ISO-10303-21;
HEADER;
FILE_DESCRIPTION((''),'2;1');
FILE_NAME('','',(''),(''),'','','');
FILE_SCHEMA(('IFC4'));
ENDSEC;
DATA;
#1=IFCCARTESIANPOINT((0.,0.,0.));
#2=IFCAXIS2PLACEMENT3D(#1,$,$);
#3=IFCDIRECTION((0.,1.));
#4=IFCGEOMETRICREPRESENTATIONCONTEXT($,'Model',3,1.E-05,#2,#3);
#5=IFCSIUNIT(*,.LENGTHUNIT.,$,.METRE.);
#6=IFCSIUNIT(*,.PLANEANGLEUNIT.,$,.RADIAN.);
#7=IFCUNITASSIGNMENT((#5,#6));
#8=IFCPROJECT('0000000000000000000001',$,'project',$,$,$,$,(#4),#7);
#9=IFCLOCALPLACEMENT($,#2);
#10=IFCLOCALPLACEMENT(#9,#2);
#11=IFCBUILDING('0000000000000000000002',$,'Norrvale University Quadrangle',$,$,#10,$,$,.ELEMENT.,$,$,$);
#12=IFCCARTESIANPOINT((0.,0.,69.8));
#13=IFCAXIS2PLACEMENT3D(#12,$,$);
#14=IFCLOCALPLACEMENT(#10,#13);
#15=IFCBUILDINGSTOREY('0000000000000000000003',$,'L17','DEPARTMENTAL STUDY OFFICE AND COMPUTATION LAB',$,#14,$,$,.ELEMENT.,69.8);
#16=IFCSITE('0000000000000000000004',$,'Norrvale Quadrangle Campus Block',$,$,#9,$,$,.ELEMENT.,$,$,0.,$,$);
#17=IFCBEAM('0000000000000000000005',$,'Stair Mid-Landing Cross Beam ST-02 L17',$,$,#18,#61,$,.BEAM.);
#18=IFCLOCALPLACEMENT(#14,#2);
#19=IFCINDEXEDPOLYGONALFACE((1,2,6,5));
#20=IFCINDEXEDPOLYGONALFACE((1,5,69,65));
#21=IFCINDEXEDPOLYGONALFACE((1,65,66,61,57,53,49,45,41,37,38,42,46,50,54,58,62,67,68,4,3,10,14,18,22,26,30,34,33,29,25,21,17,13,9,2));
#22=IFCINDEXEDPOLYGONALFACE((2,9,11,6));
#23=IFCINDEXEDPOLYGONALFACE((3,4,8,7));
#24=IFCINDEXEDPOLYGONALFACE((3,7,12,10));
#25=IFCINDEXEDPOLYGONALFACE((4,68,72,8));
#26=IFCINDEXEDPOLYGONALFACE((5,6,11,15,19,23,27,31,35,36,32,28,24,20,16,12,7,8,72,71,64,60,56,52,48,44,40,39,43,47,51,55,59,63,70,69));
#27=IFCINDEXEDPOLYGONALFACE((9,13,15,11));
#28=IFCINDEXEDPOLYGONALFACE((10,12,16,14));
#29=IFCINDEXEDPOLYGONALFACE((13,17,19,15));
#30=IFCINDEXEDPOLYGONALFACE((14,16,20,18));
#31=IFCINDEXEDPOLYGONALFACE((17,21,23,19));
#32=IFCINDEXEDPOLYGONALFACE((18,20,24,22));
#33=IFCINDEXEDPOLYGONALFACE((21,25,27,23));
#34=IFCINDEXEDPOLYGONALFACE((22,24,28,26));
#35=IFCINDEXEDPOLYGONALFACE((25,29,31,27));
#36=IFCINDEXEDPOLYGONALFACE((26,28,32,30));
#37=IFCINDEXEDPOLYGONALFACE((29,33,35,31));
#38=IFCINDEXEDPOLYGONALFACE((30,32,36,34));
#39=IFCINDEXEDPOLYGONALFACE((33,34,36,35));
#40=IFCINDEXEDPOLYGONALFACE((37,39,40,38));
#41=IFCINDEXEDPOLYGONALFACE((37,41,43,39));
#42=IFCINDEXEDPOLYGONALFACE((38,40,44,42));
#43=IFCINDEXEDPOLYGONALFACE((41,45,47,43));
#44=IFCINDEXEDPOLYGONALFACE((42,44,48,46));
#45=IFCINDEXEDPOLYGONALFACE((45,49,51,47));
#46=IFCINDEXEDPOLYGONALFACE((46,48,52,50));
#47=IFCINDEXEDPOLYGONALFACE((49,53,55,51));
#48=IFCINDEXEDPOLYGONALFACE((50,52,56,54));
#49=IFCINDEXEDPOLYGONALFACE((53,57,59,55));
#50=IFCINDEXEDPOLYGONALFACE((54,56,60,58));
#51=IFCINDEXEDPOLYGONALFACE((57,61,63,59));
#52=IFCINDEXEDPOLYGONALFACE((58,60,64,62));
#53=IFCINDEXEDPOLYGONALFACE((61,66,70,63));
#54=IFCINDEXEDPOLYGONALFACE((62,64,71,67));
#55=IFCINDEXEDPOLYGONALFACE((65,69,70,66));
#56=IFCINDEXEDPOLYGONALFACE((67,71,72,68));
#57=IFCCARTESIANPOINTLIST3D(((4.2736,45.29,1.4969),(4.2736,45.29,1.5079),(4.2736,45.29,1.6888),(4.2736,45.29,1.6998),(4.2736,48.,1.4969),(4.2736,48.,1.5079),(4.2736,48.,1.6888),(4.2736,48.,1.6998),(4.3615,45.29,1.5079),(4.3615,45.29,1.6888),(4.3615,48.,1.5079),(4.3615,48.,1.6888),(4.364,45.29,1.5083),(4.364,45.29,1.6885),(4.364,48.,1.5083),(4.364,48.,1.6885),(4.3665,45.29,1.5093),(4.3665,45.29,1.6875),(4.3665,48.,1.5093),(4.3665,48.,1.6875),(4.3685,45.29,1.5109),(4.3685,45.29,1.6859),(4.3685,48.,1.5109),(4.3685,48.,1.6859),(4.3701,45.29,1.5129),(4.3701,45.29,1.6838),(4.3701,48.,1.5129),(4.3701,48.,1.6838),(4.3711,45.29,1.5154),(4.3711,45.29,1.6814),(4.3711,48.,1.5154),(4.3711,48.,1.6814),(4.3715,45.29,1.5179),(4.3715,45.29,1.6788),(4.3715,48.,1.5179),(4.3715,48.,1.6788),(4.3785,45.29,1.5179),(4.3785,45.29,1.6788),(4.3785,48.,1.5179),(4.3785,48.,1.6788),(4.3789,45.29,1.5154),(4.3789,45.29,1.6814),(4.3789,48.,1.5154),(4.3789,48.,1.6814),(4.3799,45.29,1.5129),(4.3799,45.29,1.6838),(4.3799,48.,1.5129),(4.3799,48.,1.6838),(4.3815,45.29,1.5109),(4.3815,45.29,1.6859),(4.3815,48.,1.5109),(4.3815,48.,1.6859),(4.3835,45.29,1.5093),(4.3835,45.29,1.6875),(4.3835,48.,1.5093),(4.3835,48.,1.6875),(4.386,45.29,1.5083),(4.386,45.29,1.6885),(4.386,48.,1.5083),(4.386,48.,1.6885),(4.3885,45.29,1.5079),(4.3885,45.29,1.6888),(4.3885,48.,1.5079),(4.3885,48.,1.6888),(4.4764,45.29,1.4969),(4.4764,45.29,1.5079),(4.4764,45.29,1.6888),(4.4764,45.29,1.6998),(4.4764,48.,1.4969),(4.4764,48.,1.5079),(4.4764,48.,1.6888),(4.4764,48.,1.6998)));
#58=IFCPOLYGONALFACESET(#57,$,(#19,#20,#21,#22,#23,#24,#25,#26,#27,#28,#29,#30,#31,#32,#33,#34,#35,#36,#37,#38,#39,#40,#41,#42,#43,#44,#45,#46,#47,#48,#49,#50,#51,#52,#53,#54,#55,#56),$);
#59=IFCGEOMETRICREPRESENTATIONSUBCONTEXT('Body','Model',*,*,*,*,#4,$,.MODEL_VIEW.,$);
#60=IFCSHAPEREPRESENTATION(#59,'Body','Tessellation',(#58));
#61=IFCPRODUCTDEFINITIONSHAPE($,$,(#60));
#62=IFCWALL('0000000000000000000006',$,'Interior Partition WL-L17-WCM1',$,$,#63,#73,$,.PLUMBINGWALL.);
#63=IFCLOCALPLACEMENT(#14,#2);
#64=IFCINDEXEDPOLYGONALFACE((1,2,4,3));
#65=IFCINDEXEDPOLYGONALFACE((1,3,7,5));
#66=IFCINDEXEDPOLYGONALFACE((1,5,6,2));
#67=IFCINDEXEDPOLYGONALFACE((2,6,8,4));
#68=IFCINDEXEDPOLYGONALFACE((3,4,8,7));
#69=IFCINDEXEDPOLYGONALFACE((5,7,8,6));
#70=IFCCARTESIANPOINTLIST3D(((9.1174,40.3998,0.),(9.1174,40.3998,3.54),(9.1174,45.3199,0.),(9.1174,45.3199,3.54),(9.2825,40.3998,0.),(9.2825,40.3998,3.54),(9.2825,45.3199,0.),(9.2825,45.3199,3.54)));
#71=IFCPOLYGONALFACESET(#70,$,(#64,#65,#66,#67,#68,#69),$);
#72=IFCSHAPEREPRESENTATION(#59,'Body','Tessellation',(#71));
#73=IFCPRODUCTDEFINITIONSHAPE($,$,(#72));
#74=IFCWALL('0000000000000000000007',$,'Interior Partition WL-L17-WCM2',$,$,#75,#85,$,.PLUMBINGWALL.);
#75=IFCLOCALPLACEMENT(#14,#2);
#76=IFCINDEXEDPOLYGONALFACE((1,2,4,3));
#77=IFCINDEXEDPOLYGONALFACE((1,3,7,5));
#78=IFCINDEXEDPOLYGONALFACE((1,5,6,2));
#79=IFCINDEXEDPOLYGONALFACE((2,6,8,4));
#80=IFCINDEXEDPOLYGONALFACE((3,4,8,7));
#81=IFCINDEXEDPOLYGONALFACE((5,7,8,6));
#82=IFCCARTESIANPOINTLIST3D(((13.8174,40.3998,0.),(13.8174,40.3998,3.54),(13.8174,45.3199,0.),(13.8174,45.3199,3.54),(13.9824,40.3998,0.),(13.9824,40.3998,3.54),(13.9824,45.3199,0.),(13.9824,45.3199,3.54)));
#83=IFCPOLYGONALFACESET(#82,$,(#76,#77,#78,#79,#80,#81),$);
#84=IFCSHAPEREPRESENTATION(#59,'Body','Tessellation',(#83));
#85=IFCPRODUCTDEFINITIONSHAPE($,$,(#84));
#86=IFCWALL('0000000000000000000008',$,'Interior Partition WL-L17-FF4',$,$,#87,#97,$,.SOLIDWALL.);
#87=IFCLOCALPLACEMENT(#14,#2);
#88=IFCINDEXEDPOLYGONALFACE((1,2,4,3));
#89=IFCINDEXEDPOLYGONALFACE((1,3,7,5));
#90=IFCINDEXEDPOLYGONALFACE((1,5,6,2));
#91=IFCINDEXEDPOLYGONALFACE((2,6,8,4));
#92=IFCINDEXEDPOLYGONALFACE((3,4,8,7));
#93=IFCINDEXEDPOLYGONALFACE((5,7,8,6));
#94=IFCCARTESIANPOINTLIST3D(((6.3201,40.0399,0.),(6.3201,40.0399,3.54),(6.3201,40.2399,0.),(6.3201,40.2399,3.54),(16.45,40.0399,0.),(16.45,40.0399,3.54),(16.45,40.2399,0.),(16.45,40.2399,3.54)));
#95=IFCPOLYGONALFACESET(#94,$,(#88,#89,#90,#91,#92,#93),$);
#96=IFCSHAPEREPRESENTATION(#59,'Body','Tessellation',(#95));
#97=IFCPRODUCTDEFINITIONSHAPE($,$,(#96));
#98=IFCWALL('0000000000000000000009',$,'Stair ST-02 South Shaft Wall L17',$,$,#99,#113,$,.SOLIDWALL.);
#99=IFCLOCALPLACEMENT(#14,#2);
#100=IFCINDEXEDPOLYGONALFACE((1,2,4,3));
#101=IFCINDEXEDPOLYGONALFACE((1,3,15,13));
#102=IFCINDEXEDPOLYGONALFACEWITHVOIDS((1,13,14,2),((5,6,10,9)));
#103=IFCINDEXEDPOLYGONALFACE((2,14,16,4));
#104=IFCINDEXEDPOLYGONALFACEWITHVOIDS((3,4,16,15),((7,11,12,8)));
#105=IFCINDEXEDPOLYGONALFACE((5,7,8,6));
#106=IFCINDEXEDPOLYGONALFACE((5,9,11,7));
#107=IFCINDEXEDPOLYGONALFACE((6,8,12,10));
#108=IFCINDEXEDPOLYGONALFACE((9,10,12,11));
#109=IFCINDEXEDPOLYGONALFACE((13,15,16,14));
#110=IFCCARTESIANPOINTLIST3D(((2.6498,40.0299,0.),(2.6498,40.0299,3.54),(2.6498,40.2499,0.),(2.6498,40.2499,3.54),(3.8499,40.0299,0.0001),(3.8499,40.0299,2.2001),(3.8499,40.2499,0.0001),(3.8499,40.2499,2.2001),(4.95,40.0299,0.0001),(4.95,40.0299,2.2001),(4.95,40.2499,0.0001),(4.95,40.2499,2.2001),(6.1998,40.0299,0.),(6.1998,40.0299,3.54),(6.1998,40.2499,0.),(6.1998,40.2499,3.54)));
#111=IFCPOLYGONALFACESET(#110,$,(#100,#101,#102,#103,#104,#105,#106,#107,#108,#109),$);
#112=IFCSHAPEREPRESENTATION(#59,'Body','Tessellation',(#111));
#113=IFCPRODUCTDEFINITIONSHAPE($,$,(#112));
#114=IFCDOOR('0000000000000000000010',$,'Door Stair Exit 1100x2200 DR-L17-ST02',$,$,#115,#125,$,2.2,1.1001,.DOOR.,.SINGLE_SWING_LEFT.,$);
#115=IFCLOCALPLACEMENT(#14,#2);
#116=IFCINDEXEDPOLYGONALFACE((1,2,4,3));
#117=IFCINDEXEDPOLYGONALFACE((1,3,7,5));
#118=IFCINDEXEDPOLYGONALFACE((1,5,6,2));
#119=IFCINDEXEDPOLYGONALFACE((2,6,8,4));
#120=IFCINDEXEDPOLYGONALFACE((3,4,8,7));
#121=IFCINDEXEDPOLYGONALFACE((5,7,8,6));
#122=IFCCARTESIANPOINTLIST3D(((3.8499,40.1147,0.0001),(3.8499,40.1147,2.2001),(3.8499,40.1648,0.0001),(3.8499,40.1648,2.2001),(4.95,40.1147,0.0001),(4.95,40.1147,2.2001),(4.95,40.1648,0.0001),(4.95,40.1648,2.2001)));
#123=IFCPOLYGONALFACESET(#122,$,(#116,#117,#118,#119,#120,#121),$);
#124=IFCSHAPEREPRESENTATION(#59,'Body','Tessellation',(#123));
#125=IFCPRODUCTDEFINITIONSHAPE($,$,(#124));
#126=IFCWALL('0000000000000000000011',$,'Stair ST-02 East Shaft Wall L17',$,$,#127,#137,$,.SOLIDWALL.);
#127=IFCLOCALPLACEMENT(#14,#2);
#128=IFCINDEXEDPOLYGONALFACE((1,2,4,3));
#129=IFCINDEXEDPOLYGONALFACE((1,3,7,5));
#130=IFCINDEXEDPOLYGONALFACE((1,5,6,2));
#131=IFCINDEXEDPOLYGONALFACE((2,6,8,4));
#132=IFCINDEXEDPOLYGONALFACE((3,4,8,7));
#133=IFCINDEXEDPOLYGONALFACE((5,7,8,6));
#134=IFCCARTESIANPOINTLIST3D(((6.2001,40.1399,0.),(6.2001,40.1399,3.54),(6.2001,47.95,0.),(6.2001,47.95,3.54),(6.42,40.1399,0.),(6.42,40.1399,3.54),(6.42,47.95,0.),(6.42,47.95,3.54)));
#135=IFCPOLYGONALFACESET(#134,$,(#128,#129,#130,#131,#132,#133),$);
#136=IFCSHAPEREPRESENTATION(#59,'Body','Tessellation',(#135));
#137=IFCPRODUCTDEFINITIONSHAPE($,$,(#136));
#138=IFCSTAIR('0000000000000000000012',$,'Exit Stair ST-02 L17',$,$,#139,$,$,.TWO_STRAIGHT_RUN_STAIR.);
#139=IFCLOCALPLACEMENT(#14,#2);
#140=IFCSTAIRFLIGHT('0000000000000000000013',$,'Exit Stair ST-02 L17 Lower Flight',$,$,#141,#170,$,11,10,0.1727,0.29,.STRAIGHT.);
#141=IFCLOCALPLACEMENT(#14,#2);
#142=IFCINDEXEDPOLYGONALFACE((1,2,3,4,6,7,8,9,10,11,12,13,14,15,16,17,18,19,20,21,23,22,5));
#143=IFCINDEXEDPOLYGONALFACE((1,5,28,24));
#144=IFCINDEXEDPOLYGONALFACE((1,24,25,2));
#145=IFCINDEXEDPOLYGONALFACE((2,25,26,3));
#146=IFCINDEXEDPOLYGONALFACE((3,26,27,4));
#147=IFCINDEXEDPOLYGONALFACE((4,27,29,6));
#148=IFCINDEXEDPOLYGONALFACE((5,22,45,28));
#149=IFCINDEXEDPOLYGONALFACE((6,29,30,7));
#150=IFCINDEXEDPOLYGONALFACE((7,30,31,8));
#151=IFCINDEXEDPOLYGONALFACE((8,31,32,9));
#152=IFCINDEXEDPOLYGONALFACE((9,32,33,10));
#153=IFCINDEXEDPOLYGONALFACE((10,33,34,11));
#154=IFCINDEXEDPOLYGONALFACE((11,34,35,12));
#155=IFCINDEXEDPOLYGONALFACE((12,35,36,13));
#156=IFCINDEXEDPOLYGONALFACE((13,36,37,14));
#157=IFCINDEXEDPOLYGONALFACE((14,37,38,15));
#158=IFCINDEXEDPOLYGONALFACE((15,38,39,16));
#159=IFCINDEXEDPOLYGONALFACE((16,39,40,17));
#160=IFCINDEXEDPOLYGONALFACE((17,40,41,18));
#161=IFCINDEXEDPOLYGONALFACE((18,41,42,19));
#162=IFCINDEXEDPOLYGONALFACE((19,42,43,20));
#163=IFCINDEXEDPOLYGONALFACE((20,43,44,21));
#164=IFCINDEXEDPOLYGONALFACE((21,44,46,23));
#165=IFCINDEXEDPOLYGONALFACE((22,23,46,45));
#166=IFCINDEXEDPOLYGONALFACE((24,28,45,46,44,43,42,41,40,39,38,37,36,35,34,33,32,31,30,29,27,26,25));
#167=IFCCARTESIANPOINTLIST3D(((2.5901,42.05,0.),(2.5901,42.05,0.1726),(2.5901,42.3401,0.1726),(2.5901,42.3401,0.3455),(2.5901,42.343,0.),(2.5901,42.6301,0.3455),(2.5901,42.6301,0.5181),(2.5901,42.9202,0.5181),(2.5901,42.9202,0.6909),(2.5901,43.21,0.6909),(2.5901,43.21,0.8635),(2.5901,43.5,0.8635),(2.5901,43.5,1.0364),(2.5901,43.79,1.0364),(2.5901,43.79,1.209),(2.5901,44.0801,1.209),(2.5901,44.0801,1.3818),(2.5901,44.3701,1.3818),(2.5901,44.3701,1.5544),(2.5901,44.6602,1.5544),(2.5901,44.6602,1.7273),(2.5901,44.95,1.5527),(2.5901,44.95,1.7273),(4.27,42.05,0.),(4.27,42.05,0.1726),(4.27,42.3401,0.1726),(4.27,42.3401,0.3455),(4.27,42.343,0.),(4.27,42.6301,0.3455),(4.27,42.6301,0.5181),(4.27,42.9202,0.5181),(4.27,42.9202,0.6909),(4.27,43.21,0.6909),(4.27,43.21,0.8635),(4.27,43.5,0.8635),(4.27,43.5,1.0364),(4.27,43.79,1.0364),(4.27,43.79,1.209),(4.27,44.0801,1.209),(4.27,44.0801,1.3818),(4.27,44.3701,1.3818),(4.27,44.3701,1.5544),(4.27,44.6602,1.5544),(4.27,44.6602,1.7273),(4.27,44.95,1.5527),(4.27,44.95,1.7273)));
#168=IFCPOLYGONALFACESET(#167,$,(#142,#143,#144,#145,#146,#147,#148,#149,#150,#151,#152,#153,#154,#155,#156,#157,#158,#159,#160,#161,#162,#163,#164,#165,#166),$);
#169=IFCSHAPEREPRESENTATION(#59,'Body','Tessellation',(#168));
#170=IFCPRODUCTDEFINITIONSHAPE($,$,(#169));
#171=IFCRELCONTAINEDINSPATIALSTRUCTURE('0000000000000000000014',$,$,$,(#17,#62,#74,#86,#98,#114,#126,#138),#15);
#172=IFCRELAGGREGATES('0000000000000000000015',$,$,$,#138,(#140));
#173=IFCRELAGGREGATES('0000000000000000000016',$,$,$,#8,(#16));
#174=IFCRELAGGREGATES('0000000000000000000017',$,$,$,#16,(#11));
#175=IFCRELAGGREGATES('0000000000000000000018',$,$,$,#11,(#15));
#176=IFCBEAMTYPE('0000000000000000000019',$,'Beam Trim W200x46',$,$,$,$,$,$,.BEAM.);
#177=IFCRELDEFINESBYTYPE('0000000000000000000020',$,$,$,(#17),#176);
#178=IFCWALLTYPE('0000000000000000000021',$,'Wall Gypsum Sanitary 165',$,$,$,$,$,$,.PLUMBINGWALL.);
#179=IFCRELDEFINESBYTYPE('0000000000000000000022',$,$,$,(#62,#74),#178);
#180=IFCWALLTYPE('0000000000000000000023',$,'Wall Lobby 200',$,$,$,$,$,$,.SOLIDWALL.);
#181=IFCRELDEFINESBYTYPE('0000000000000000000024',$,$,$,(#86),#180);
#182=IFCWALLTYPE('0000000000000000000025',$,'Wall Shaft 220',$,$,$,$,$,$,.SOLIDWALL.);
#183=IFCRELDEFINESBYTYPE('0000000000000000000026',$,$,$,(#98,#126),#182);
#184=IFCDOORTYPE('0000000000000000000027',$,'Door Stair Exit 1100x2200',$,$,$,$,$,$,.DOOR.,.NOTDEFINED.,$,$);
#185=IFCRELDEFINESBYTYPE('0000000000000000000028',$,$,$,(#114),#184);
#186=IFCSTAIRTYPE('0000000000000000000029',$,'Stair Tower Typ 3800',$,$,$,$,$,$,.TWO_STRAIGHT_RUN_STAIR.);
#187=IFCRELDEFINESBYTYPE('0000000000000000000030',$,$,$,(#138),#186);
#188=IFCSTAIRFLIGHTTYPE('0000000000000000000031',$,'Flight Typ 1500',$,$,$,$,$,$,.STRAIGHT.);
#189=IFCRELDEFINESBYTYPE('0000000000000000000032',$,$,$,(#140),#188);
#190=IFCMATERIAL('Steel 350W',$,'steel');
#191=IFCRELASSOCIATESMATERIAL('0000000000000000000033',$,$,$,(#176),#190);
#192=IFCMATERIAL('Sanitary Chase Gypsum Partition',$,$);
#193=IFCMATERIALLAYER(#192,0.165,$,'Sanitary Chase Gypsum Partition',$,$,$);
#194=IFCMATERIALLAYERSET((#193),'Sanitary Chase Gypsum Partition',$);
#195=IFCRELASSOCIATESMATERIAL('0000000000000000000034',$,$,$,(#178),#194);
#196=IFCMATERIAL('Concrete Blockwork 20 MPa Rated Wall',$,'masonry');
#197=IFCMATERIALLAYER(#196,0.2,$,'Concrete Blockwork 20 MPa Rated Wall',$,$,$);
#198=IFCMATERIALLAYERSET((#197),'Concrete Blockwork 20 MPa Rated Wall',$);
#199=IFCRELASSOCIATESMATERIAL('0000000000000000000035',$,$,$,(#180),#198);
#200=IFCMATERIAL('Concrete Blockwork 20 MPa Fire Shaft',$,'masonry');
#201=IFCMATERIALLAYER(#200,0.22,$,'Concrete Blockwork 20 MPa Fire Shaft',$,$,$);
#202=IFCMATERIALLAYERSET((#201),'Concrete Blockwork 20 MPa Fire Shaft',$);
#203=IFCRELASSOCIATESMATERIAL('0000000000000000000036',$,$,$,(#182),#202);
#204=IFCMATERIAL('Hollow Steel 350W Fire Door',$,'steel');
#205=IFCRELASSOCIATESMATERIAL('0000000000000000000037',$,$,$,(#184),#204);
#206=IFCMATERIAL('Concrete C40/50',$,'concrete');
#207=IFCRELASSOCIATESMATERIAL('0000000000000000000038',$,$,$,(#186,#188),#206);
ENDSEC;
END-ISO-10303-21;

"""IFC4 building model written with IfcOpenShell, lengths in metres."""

from ifc_helpers import new_model, si_unit, direction, frame, frame_2d, origin, origin_2d, place, context, subcontext, project, spatial, polyline, rectangle, i_section, outline, extrude, material, layer, layer_set, material_profile, profile_set, type_object, element, fill, aggregate, save


model = new_model("IFC4")

# Units and contexts
model_context = context("Model", 3, precision=1e-05, world=origin(), true_north=direction((0.0, 1.0)))
body_context = subcontext(model_context, "Body", "Model", "MODEL_VIEW")
ifc_project = project(units=[si_unit("LENGTHUNIT", "METRE"), si_unit("PLANEANGLEUNIT", "RADIAN")], contexts=[model_context])

# Site, building, storey
site_placement = place(None, origin())
site = spatial("IfcSite", under=ifc_project, at=site_placement, Name="Norrvale Quadrangle Campus Block", CompositionType="ELEMENT", RefElevation=0.0)
building_placement = place(site_placement, origin())
building = spatial("IfcBuilding", under=site, at=building_placement, Name="Norrvale University Quadrangle", CompositionType="ELEMENT")
storey_placement = place(building_placement, frame((0.0, 0.0, 69.8)))
storey = spatial("IfcBuildingStorey", under=building, at=storey_placement, Name="L17", Description="DEPARTMENTAL STUDY OFFICE AND COMPUTATION LAB", CompositionType="ELEMENT", Elevation=69.8)

# Beam
ifc_material_1 = material(Name="Steel 350W", Category="steel")
ifc_material_profile_1 = material_profile(ifc_material_1, i_section(OverallWidth=0.2029, OverallDepth=0.2029, WebThickness=0.0071, FlangeThickness=0.011, FilletRadius=0.01, at=origin_2d()), Name="Steel 350W")
ifc_profile_set_1 = profile_set([ifc_material_profile_1], Name="Steel 350W")
beam_type_1 = type_object("IfcBeamType", Name="Beam Trim W200x46", PredefinedType="BEAM", material=ifc_profile_set_1)
beam_1_placement = place(storey_placement, frame((4.375, 45.29, 1.5984), z_axis=(0.0, 1.0, 0.0), x_axis=(-1.0, 0.0, 0.0)))
element("IfcBeam", 1, at=beam_1_placement, inside=storey, type_object=beam_type_1, Name="Stair Mid-Landing Cross Beam ST-02 L17", PredefinedType="BEAM", context=body_context, shape_type="SweptSolid", body=[
    extrude(i_section(OverallWidth=0.2029, OverallDepth=0.2029, WebThickness=0.0071, FlangeThickness=0.011, FilletRadius=0.01, at=origin_2d()), origin(), (0.0, 0.0, 1.0), 2.71),
])

# Walls
ifc_material_2 = material(Name="Sanitary Chase Gypsum Partition")
ifc_layer_1 = layer(ifc_material_2, 0.165, Name="Sanitary Chase Gypsum Partition")
ifc_layer_set_1 = layer_set([ifc_layer_1], Name="Sanitary Chase Gypsum Partition")
wall_type_1 = type_object("IfcWallType", Name="Wall Gypsum Sanitary 165", PredefinedType="PLUMBINGWALL", material=ifc_layer_set_1)
for number, where, z_axis, x_axis, name in (
    (2, (9.2, 40.3999, 0.0), (0.0, 0.0, 1.0), (0.0, 1.0, 0.0), "Interior Partition WL-L17-WCM1"),
    (3, (13.8999, 40.3999, 0.0), (0.0, 0.0, 1.0), (0.0, 1.0, 0.0), "Interior Partition WL-L17-WCM2"),
):
    element("IfcWall", number, at=place(storey_placement, frame(where, z_axis=z_axis, x_axis=x_axis)), inside=storey, type_object=wall_type_1, Name=name, PredefinedType="PLUMBINGWALL", context=body_context, shape_type="SweptSolid", body=[
        extrude(rectangle(XDim=4.9202, YDim=0.165, at=frame_2d((2.46, 0.0))), origin(), (0.0, 0.0, 1.0), 3.54),
    ])
ifc_material_3 = material(Name="Concrete Blockwork 20 MPa Rated Wall", Category="masonry")
ifc_layer_2 = layer(ifc_material_3, 0.2, Name="Concrete Blockwork 20 MPa Rated Wall")
ifc_layer_set_2 = layer_set([ifc_layer_2], Name="Concrete Blockwork 20 MPa Rated Wall")
wall_type_2 = type_object("IfcWallType", Name="Wall Lobby 200", PredefinedType="SOLIDWALL", material=ifc_layer_set_2)
wall_1_placement = place(storey_placement, frame((6.3201, 40.1399, 0.0), z_axis=(0.0, 0.0, 1.0), x_axis=(1.0, 0.0, 0.0)))
element("IfcWall", 4, at=wall_1_placement, inside=storey, type_object=wall_type_2, Name="Interior Partition WL-L17-FF4", PredefinedType="SOLIDWALL", context=body_context, shape_type="SweptSolid", body=[
    extrude(rectangle(XDim=10.1299, YDim=0.2, at=frame_2d((5.0649, 0.0))), origin(), (0.0, 0.0, 1.0), 3.54),
])

# Wall, opening, door
ifc_material_4 = material(Name="Concrete Blockwork 20 MPa Fire Shaft", Category="masonry")
ifc_layer_3 = layer(ifc_material_4, 0.22, Name="Concrete Blockwork 20 MPa Fire Shaft")
ifc_layer_set_3 = layer_set([ifc_layer_3], Name="Concrete Blockwork 20 MPa Fire Shaft")
wall_type_3 = type_object("IfcWallType", Name="Wall Shaft 220", PredefinedType="SOLIDWALL", material=ifc_layer_set_3)
wall_2_placement = place(storey_placement, frame((2.6499, 40.1399, 0.0), z_axis=(0.0, 0.0, 1.0), x_axis=(1.0, 0.0, 0.0)))
wall_2 = element("IfcWall", 5, at=wall_2_placement, inside=storey, type_object=wall_type_3, Name="Stair ST-02 South Shaft Wall L17", PredefinedType="SOLIDWALL", context=body_context, shape_type="SweptSolid", body=[
    extrude(rectangle(XDim=3.55, YDim=0.22, at=frame_2d((1.7749, 0.0))), origin(), (0.0, 0.0, 1.0), 3.54),
])
opening_placement = place(wall_2_placement, frame((1.2, 0.0, 0.0)))
opening = element("IfcOpeningElement", 6, at=opening_placement, cuts=wall_2, PredefinedType="OPENING", context=body_context, shape_type="SweptSolid", body=[
    extrude(rectangle(XDim=1.1001, YDim=2.2, at=frame_2d((0.55, 1.1001))), frame((0.0, 0.1221, 0.0), z_axis=(0.0, -1.0, 0.0), x_axis=(1.0, 0.0, 0.0)), (0.0, 0.0, 1.0), 0.2439),
])
ifc_material_5 = material(Name="Hollow Steel 350W Fire Door", Category="steel")
door_type = type_object("IfcDoorType", Name="Door Stair Exit 1100x2200", OperationType="NOTDEFINED", PredefinedType="DOOR", material=ifc_material_5)
door_placement = place(opening_placement, origin())
door = element("IfcDoor", 7, at=door_placement, inside=storey, type_object=door_type, Name="Door Stair Exit 1100x2200 DR-L17-ST02", OperationType="SINGLE_SWING_LEFT", OverallHeight=2.2, OverallWidth=1.1001, PredefinedType="DOOR", context=body_context, shape_type="SweptSolid", body=[
    extrude(rectangle(XDim=1.1001, YDim=2.2, at=frame_2d((0.55, 1.1001))), frame((0.0, 0.0249, 0.0), z_axis=(0.0, -1.0, 0.0), x_axis=(1.0, 0.0, 0.0)), (0.0, 0.0, 1.0), 0.05),
])
fill(opening, door)

# Wall
wall_3_placement = place(storey_placement, frame((6.3101, 40.1399, 0.0), z_axis=(0.0, 0.0, 1.0), x_axis=(0.0, 1.0, 0.0)))
element("IfcWall", 8, at=wall_3_placement, inside=storey, type_object=wall_type_3, Name="Stair ST-02 East Shaft Wall L17", PredefinedType="SOLIDWALL", context=body_context, shape_type="SweptSolid", body=[
    extrude(rectangle(XDim=7.8101, YDim=0.22, at=frame_2d((3.905, 0.0))), origin(), (0.0, 0.0, 1.0), 3.54),
])

# Stair, stair flight
ifc_material_6 = material(Name="Concrete C40/50", Category="concrete")
stair_type = type_object("IfcStairType", Name="Stair Tower Typ 3800", PredefinedType="TWO_STRAIGHT_RUN_STAIR", material=ifc_material_6)
stair_placement = place(storey_placement, origin())
stair = element("IfcStair", 9, at=stair_placement, inside=storey, type_object=stair_type, Name="Exit Stair ST-02 L17", PredefinedType="TWO_STRAIGHT_RUN_STAIR")
stair_flight_type = type_object("IfcStairFlightType", Name="Flight Typ 1500", PredefinedType="STRAIGHT", material=ifc_material_6)
stair_flight_1_placement = place(storey_placement, frame((3.4299, 42.05, 0.0), z_axis=(0.0, 0.0, 1.0), x_axis=(0.0, 1.0, 0.0)))
stair_flight_1 = element("IfcStairFlight", 10, at=stair_flight_1_placement, type_object=stair_flight_type, Name="Exit Stair ST-02 L17 Lower Flight", NumberOfRisers=11, NumberOfTreads=10, PredefinedType="STRAIGHT", RiserHeight=0.1727, TreadLength=0.29, context=body_context, shape_type="SweptSolid", body=[
    extrude(outline(polyline([(0.0, 0.0), (0.0, 0.1726), (0.29, 0.1726), (0.29, 0.3455), (0.5801, 0.3455), (0.5801, 0.5181), (0.8701, 0.5181), (0.8701, 0.6909), (1.1599, 0.6909), (1.1599, 0.8635), (1.45, 0.8635), (1.45, 1.0364), (1.74, 1.0364), (1.74, 1.209), (2.03, 1.209), (2.03, 1.3818), (2.3201, 1.3818), (2.3201, 1.5544), (2.6101, 1.5544), (2.6101, 1.7273), (2.8999, 1.7273), (2.8999, 1.8999), (2.8999, 1.5527), (0.293, 0.0), (0.0, 0.0)])), frame((0.0, 0.8398, 0.0), z_axis=(0.0, -1.0, 0.0), x_axis=(1.0, 0.0, 0.0)), (0.0, 0.0, 1.0), 1.6799),
])
aggregate(stair, [stair_flight_1])

save(model, "model.ifc")
